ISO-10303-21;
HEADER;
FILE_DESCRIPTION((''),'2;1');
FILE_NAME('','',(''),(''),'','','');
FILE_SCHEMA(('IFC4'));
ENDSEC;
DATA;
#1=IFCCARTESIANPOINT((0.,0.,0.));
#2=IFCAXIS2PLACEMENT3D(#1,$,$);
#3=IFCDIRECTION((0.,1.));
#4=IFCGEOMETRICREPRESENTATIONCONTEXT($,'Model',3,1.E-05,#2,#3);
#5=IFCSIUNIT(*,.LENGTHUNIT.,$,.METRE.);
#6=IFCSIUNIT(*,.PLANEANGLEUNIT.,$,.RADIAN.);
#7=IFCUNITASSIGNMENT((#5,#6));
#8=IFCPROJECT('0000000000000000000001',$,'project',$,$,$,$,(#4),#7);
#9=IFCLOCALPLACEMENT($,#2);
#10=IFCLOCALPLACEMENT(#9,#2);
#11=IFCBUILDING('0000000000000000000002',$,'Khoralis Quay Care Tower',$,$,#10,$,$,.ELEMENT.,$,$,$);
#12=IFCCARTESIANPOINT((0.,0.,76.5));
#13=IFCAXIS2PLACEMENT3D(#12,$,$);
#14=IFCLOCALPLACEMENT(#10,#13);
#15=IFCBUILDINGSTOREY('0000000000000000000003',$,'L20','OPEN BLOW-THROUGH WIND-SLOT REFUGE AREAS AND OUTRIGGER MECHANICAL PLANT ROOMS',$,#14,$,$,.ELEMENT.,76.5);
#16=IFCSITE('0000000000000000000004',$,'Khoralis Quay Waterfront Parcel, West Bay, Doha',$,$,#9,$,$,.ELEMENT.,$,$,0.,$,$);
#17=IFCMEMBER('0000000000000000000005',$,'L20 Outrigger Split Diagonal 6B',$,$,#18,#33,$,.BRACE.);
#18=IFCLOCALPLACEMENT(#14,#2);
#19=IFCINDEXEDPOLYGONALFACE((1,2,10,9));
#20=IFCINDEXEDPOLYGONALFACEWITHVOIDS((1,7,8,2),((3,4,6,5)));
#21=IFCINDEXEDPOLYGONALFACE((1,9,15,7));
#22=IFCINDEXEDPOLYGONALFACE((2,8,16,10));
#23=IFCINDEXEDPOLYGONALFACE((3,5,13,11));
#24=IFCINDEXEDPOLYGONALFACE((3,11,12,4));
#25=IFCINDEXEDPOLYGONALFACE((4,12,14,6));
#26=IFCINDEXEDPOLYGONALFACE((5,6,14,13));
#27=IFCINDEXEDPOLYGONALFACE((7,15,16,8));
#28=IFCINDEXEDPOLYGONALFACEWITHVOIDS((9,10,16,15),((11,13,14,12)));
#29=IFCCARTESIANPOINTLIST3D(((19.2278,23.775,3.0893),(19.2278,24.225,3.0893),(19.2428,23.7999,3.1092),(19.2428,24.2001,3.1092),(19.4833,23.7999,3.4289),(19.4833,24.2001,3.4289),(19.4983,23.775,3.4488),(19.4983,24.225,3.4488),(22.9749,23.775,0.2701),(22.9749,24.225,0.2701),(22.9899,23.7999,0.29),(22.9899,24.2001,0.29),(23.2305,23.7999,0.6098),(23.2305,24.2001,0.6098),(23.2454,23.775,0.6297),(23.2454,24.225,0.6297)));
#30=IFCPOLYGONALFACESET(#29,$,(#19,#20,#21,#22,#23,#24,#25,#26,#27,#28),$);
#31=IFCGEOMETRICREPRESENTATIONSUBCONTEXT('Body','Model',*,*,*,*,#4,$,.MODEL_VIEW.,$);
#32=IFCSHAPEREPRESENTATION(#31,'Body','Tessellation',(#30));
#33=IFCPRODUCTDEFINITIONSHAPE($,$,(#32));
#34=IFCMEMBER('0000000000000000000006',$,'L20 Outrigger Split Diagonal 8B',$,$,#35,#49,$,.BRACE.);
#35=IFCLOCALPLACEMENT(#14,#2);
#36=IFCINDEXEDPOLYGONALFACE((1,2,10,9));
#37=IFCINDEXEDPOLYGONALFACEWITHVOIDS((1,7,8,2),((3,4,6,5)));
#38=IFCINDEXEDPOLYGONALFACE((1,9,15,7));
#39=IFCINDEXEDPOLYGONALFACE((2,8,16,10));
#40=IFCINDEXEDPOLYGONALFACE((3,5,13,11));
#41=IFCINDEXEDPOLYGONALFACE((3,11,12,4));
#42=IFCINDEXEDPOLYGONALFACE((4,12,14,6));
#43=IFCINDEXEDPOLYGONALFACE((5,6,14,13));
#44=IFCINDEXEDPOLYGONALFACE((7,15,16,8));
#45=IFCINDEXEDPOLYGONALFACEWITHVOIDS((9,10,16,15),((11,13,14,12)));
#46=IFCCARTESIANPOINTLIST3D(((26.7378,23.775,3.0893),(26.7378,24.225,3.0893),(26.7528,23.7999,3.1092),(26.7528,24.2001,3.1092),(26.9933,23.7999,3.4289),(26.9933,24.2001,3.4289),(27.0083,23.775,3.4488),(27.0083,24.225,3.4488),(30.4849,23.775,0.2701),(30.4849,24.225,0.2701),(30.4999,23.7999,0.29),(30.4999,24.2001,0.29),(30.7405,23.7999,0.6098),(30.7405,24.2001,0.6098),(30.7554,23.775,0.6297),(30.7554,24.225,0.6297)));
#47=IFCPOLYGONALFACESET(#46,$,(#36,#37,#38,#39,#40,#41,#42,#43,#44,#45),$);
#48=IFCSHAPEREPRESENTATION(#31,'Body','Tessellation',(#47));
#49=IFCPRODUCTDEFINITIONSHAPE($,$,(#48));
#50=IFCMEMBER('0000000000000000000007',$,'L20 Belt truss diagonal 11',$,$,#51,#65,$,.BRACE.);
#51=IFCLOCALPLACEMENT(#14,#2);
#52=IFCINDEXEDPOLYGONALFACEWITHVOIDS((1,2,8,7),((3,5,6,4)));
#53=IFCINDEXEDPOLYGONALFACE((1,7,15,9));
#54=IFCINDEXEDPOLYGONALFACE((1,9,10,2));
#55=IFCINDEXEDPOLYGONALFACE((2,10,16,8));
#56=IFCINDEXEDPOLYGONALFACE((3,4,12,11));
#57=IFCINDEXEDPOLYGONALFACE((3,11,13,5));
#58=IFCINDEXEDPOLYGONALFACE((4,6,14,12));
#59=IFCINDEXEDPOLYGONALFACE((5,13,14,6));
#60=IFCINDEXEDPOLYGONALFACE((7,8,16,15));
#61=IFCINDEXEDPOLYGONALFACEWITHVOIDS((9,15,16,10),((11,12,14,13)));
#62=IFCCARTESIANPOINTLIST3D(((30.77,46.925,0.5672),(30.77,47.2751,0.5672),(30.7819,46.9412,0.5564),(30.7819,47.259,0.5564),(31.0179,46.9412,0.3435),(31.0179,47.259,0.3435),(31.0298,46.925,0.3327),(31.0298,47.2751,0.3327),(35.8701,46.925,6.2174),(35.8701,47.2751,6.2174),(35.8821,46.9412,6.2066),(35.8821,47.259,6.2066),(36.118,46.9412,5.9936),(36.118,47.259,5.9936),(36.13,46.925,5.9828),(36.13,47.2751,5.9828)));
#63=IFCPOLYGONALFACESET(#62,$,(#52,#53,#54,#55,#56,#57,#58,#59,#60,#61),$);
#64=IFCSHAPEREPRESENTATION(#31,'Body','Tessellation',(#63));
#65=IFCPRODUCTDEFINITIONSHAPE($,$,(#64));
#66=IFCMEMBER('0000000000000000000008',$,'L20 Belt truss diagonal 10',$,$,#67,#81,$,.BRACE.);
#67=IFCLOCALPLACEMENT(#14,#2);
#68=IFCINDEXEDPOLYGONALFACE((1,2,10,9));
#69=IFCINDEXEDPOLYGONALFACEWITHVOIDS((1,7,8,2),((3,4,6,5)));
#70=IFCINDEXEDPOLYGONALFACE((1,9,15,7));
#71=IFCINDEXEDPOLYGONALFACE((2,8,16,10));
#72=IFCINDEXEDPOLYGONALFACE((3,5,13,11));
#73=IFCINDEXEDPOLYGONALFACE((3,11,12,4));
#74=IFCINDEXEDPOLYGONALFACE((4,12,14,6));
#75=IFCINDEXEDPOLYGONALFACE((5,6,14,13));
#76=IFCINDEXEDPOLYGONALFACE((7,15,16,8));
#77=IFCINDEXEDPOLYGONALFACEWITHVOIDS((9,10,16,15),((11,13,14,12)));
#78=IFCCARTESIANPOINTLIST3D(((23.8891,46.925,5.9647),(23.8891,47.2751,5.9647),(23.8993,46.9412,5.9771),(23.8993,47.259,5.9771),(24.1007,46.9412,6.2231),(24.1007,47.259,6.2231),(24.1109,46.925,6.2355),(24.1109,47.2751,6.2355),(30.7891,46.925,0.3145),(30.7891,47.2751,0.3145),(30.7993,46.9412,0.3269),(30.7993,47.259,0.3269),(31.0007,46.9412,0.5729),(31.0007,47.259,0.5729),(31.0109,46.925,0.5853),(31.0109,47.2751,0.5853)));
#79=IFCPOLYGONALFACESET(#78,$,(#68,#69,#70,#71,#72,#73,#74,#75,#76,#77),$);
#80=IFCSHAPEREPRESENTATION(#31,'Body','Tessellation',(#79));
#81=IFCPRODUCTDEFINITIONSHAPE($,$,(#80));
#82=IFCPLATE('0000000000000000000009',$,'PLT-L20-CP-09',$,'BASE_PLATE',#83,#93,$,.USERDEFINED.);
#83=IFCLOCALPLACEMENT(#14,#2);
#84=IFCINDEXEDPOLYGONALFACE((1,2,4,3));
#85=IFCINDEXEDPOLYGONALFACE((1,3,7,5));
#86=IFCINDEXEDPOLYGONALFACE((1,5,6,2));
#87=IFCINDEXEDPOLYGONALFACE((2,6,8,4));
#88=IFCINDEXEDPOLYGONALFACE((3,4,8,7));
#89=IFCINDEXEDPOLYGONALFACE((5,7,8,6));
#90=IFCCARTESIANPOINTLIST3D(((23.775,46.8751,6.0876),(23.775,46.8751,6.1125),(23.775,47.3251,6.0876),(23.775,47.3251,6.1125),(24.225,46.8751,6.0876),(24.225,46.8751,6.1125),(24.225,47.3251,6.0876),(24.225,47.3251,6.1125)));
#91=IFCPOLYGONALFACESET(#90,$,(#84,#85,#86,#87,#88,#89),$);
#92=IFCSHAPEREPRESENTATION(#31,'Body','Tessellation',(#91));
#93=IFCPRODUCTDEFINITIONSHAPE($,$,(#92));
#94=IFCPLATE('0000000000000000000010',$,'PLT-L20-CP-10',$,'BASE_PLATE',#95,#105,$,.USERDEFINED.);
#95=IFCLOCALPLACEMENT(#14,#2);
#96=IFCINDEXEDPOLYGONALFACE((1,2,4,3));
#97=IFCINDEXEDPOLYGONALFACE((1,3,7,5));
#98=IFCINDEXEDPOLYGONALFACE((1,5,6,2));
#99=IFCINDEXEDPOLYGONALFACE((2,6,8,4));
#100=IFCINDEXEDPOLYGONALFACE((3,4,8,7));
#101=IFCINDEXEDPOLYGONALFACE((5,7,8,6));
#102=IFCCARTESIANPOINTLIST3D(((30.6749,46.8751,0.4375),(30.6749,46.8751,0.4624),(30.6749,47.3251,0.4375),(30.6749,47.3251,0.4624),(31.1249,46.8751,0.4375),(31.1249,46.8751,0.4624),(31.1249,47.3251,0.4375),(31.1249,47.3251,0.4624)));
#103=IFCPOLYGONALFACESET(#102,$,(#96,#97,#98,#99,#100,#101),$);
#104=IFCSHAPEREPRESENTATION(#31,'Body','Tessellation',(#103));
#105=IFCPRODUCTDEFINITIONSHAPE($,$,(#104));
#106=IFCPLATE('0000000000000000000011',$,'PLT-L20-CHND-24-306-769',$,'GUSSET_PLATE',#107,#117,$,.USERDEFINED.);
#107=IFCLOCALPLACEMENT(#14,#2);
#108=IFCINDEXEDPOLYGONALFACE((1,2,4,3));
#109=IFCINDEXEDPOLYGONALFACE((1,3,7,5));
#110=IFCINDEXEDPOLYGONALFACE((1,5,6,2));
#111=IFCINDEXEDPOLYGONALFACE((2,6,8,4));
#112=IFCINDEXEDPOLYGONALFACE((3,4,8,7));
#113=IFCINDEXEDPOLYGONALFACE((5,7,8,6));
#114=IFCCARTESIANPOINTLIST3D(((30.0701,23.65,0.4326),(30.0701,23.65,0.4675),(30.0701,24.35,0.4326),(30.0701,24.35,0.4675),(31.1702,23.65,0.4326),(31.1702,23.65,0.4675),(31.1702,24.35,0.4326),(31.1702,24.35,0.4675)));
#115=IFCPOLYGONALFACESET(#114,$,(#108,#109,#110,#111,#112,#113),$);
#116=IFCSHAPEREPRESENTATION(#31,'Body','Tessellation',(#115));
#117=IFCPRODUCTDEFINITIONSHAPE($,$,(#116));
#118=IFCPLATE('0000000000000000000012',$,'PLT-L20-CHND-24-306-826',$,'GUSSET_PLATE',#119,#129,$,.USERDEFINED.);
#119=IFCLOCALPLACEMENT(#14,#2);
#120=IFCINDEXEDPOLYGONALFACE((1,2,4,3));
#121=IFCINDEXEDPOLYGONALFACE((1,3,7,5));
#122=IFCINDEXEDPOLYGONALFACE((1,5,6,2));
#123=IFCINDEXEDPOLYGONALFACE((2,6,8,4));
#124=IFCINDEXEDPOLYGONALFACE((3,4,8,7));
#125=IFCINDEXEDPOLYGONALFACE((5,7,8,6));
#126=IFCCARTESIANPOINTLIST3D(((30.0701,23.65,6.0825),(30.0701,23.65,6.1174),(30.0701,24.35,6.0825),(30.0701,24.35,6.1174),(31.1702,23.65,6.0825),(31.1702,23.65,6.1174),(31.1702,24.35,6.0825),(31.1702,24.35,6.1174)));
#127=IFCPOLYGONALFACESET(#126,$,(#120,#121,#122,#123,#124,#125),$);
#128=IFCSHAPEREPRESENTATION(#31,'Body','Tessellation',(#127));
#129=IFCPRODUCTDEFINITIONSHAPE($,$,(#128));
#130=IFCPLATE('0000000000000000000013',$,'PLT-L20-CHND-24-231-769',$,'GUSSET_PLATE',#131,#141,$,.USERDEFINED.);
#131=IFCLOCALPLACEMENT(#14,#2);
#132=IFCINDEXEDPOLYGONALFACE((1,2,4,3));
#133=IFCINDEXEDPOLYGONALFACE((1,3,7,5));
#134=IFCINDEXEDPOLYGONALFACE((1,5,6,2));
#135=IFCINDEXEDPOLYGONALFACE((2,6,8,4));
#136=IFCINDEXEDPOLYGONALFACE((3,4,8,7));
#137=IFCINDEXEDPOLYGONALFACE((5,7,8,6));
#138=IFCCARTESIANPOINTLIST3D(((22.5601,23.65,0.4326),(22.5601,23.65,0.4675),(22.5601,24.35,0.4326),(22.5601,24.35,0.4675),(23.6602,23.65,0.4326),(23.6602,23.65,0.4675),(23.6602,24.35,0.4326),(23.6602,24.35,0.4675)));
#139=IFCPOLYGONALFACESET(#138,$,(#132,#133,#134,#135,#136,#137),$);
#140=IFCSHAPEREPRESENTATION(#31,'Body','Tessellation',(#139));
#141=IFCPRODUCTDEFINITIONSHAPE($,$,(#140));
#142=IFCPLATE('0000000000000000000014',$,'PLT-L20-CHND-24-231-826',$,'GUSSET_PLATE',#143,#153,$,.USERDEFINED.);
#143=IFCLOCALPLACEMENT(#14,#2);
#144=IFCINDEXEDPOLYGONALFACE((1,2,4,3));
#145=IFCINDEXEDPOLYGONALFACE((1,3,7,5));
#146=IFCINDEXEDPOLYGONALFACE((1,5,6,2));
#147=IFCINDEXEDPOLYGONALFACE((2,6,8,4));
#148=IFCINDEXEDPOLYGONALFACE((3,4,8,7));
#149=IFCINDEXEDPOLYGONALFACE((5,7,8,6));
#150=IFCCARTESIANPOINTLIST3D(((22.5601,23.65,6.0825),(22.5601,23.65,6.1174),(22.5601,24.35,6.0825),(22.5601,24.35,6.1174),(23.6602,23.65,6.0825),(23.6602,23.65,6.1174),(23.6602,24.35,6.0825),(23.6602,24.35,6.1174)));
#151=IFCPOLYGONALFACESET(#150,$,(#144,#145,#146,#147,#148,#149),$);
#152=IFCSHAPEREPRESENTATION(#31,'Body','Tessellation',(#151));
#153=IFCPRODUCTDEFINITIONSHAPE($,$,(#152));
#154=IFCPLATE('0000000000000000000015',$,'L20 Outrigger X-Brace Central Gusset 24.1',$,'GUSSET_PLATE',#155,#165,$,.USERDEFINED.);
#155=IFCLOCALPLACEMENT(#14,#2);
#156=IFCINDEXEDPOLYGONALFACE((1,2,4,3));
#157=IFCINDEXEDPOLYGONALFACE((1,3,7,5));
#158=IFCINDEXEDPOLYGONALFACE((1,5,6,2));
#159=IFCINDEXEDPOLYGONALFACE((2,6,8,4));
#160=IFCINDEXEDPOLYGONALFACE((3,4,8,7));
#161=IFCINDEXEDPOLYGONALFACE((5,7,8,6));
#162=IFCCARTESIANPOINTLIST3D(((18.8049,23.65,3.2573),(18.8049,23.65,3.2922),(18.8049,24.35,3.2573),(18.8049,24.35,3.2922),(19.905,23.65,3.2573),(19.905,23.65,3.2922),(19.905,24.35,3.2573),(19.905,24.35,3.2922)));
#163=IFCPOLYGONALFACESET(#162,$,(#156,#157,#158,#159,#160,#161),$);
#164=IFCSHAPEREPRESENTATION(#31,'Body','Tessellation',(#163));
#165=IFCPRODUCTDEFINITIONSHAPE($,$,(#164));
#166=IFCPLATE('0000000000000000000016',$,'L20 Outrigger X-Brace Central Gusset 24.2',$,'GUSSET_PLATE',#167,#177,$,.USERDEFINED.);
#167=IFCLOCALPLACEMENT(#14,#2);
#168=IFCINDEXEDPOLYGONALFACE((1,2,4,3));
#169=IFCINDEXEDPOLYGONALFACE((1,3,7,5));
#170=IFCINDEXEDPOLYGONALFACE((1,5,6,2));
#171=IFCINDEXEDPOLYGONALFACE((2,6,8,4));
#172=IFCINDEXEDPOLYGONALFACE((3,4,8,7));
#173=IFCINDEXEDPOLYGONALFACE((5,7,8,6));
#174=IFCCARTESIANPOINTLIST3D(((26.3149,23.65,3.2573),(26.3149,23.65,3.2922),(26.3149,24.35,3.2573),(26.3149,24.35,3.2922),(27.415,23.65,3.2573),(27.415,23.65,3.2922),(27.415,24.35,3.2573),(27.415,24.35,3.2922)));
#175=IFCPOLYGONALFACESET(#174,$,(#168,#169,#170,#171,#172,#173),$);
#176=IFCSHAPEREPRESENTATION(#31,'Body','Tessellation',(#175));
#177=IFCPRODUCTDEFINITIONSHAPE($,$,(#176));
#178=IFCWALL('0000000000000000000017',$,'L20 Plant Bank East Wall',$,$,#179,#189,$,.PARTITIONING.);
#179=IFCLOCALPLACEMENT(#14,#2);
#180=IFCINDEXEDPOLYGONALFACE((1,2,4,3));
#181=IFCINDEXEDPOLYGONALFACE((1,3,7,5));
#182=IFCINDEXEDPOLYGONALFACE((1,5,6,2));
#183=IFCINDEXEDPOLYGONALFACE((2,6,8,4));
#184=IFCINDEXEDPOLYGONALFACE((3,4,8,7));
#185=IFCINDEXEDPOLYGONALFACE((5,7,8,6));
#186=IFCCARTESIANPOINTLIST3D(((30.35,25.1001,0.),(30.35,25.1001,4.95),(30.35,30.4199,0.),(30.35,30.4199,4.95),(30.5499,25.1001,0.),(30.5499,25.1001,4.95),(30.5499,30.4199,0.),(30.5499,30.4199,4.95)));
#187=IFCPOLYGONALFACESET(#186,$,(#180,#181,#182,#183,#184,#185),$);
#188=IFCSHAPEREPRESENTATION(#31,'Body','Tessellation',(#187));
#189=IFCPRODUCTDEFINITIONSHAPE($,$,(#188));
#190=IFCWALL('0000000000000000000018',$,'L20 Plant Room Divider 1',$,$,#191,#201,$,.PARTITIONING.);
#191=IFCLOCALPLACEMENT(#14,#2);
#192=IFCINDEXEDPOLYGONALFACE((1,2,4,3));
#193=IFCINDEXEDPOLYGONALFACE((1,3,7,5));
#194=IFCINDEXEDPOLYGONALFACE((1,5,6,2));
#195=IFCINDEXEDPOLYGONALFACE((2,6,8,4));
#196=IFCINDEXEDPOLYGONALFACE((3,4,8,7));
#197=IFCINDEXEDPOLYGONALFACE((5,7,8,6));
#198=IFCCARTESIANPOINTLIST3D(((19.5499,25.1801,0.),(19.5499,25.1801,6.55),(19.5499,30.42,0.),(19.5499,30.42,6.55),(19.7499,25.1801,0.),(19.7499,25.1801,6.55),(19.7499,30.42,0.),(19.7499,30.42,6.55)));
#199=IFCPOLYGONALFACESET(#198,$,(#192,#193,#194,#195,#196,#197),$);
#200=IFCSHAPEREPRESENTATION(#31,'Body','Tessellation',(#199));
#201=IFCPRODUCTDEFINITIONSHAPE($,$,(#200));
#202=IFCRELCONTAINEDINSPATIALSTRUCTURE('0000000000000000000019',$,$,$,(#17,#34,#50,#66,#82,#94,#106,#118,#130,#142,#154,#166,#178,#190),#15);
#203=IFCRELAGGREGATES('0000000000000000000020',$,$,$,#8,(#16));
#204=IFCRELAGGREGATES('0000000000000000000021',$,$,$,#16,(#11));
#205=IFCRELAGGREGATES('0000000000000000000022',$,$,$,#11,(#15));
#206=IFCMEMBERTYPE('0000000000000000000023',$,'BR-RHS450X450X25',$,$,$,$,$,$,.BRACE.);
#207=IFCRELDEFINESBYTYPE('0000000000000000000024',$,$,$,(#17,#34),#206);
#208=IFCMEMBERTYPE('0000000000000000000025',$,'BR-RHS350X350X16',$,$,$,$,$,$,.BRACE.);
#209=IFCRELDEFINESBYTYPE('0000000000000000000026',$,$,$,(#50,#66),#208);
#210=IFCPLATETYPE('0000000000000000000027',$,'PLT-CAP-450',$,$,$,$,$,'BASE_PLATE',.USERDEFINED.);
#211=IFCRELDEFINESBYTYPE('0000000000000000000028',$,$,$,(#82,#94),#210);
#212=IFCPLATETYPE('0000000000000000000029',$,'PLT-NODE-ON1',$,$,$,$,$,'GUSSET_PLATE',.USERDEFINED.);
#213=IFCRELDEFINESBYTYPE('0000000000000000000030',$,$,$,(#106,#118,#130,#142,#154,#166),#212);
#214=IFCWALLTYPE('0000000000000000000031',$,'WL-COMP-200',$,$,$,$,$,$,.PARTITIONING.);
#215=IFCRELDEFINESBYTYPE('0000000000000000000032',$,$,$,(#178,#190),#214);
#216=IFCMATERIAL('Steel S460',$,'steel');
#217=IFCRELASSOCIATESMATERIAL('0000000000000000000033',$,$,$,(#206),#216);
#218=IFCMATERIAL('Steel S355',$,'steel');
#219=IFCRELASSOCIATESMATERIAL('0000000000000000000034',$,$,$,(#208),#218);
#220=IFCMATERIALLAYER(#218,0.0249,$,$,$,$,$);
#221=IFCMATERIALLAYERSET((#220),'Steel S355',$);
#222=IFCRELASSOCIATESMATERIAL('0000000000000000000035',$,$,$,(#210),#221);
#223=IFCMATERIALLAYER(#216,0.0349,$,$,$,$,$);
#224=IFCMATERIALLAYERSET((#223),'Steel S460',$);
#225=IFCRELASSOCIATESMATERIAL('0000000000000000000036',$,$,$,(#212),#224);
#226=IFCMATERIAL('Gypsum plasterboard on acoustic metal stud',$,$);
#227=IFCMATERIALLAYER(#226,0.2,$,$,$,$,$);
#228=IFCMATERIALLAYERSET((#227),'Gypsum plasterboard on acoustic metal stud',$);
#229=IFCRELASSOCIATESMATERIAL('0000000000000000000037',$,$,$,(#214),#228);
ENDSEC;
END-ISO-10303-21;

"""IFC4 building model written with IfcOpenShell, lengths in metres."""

from ifc_helpers import new_model, si_unit, direction, frame, frame_2d, origin, origin_2d, place, context, subcontext, project, spatial, rectangle, hollow_rectangle, extrude, source, transform, mapped, material, layer, layer_set, material_profile, profile_set, type_object, element, save


model = new_model("IFC4")

# Units and contexts
model_context = context("Model", 3, precision=1e-05, world=origin(), true_north=direction((0.0, 1.0)))
body_context = subcontext(model_context, "Body", "Model", "MODEL_VIEW")
ifc_project = project(units=[si_unit("LENGTHUNIT", "METRE"), si_unit("PLANEANGLEUNIT", "RADIAN")], contexts=[model_context])

# Site, building, storey
site_placement = place(None, origin())
site = spatial("IfcSite", under=ifc_project, at=site_placement, Name="Khoralis Quay Waterfront Parcel, West Bay, Doha", CompositionType="ELEMENT", RefElevation=0.0)
building_placement = place(site_placement, origin())
building = spatial("IfcBuilding", under=site, at=building_placement, Name="Khoralis Quay Care Tower", CompositionType="ELEMENT")
storey_placement = place(building_placement, frame((0.0, 0.0, 76.5)))
storey = spatial("IfcBuildingStorey", under=building, at=storey_placement, Name="L20", Description="OPEN BLOW-THROUGH WIND-SLOT REFUGE AREAS AND OUTRIGGER MECHANICAL PLANT ROOMS", CompositionType="ELEMENT", Elevation=76.5)

# Shared definitions
ifc_material_1 = material(Name="Steel S355", Category="steel")

# Members
ifc_material_2 = material(Name="Steel S460", Category="steel")
ifc_material_profile_1 = material_profile(ifc_material_2, hollow_rectangle(XDim=0.45, YDim=0.45, WallThickness=0.0249, at=origin_2d()), Name="Steel S460")
ifc_profile_set_1 = profile_set([ifc_material_profile_1], Name="Steel S460")
member_type_1 = type_object("IfcMemberType", Name="BR-RHS450X450X25", PredefinedType="BRACE", material=ifc_profile_set_1)
shared_shape_1 = source(origin(), body_context, "Body", "SweptSolid", [
    extrude(hollow_rectangle(XDim=0.45, YDim=0.45, WallThickness=0.0249, at=origin_2d()), origin(), (0.0, 0.0, 1.0), 4.6892),
])
for number, where, z_axis, x_axis, name in (
    (1, (19.363, 24.0, 3.269), (0.799099, 0.0, -0.601199), (0.0, 1.0, 0.0), "L20 Outrigger Split Diagonal 6B"),
    (2, (26.873, 24.0, 3.269), (0.799099, 0.0, -0.601199), (0.0, 1.0, 0.0), "L20 Outrigger Split Diagonal 8B"),
):
    element("IfcMember", number, at=place(storey_placement, frame(where, z_axis=z_axis, x_axis=x_axis)), inside=storey, type_object=member_type_1, Name=name, PredefinedType="BRACE", context=body_context, shape_type="MappedRepresentation", body=[
        mapped(shared_shape_1, transform((0.0, 0.0, 0.0), scale=1.0)),
    ])
ifc_material_profile_2 = material_profile(ifc_material_1, hollow_rectangle(XDim=0.3501, YDim=0.3501, WallThickness=0.0161, at=origin_2d()), Name="Steel S355")
ifc_profile_set_2 = profile_set([ifc_material_profile_2], Name="Steel S355")
member_type_2 = type_object("IfcMemberType", Name="BR-RHS350X350X16", PredefinedType="BRACE", material=ifc_profile_set_2)
shared_shape_2 = source(origin(), body_context, "Body", "SweptSolid", [
    extrude(hollow_rectangle(XDim=0.3501, YDim=0.3501, WallThickness=0.0161, at=origin_2d()), origin(), (0.0, 0.0, 1.0), 7.6116),
])
member_1_placement = place(storey_placement, frame((30.8999, 47.1001, 0.45), z_axis=(0.67005, 0.0, 0.742316), x_axis=(0.0, 1.0, 0.0)))
element("IfcMember", 3, at=member_1_placement, inside=storey, type_object=member_type_2, Name="L20 Belt truss diagonal 11", PredefinedType="BRACE", context=body_context, shape_type="MappedRepresentation", body=[
    mapped(shared_shape_2, transform((0.0, 0.0, 0.0), scale=1.0)),
])
shared_shape_3 = source(origin(), body_context, "Body", "SweptSolid", [
    extrude(hollow_rectangle(XDim=0.3501, YDim=0.3501, WallThickness=0.0161, at=origin_2d()), origin(), (0.0, 0.0, 1.0), 8.9182),
])
member_2_placement = place(storey_placement, frame((24.0, 47.1001, 6.1001), z_axis=(0.773695, 0.0, -0.633558), x_axis=(0.0, 1.0, 0.0)))
element("IfcMember", 4, at=member_2_placement, inside=storey, type_object=member_type_2, Name="L20 Belt truss diagonal 10", PredefinedType="BRACE", context=body_context, shape_type="MappedRepresentation", body=[
    mapped(shared_shape_3, transform((0.0, 0.0, 0.0), scale=1.0)),
])

# Plates
ifc_layer_1 = layer(ifc_material_1, 0.0249)
ifc_layer_set_1 = layer_set([ifc_layer_1], Name="Steel S355")
plate_type_1 = type_object("IfcPlateType", Name="PLT-CAP-450", ElementType="BASE_PLATE", PredefinedType="USERDEFINED", material=ifc_layer_set_1)
shared_shape_4 = source(origin(), body_context, "Body", "SweptSolid", [
    extrude(rectangle(XDim=0.45, YDim=0.45, at=origin_2d()), origin(), (0.0, 0.0, 1.0), 0.0249),
])
for number, where, z_axis, x_axis, name in (
    (5, (24.0, 47.1001, 6.0876), (0.0, 0.0, 1.0), (1.0, 0.0, 0.0), "PLT-L20-CP-09"),
    (6, (30.8999, 47.1001, 0.4375), (0.0, 0.0, 1.0), (1.0, 0.0, 0.0), "PLT-L20-CP-10"),
):
    element("IfcPlate", number, at=place(storey_placement, frame(where, z_axis=z_axis, x_axis=x_axis)), inside=storey, type_object=plate_type_1, Name=name, ObjectType="BASE_PLATE", PredefinedType="USERDEFINED", context=body_context, shape_type="MappedRepresentation", body=[
        mapped(shared_shape_4, transform((0.0, 0.0, 0.0), scale=1.0)),
    ])
ifc_layer_2 = layer(ifc_material_2, 0.0349)
ifc_layer_set_2 = layer_set([ifc_layer_2], Name="Steel S460")
plate_type_2 = type_object("IfcPlateType", Name="PLT-NODE-ON1", ElementType="GUSSET_PLATE", PredefinedType="USERDEFINED", material=ifc_layer_set_2)
shared_shape_5 = source(origin(), body_context, "Body", "SweptSolid", [
    extrude(rectangle(XDim=1.1001, YDim=0.7, at=origin_2d()), origin(), (0.0, 0.0, 1.0), 0.0349),
])
for number, where, z_axis, x_axis, name in (
    (7, (30.6201, 24.0, 0.4326), (0.0, 0.0, 1.0), (1.0, 0.0, 0.0), "PLT-L20-CHND-24-306-769"),
    (8, (30.6201, 24.0, 6.0825), (0.0, 0.0, 1.0), (1.0, 0.0, 0.0), "PLT-L20-CHND-24-306-826"),
    (9, (23.1101, 24.0, 0.4326), (0.0, 0.0, 1.0), (1.0, 0.0, 0.0), "PLT-L20-CHND-24-231-769"),
    (10, (23.1101, 24.0, 6.0825), (0.0, 0.0, 1.0), (1.0, 0.0, 0.0), "PLT-L20-CHND-24-231-826"),
    (11, (19.355, 24.0, 3.2573), (0.0, 0.0, 1.0), (1.0, 0.0, 0.0), "L20 Outrigger X-Brace Central Gusset 24.1"),
    (12, (26.865, 24.0, 3.2573), (0.0, 0.0, 1.0), (1.0, 0.0, 0.0), "L20 Outrigger X-Brace Central Gusset 24.2"),
):
    element("IfcPlate", number, at=place(storey_placement, frame(where, z_axis=z_axis, x_axis=x_axis)), inside=storey, type_object=plate_type_2, Name=name, ObjectType="GUSSET_PLATE", PredefinedType="USERDEFINED", context=body_context, shape_type="MappedRepresentation", body=[
        mapped(shared_shape_5, transform((0.0, 0.0, 0.0), scale=1.0)),
    ])

# Walls
ifc_material_3 = material(Name="Gypsum plasterboard on acoustic metal stud")
ifc_layer_3 = layer(ifc_material_3, 0.2)
ifc_layer_set_3 = layer_set([ifc_layer_3], Name="Gypsum plasterboard on acoustic metal stud")
wall_type_1 = type_object("IfcWallType", Name="WL-COMP-200", PredefinedType="PARTITIONING", material=ifc_layer_set_3)
wall_1_placement = place(storey_placement, frame((30.45, 25.1001, 0.0), z_axis=(0.0, 0.0, 1.0), x_axis=(0.0, 1.0, 0.0)))
element("IfcWall", 13, at=wall_1_placement, inside=storey, type_object=wall_type_1, Name="L20 Plant Bank East Wall", PredefinedType="PARTITIONING", context=body_context, shape_type="SweptSolid", body=[
    extrude(rectangle(XDim=5.3198, YDim=0.2, at=frame_2d((2.6599, 0.0))), origin(), (0.0, 0.0, 1.0), 4.95),
])
for number, where, z_axis, x_axis, name in (
    (14, (19.6499, 25.1799, 0.0), (0.0, 0.0, 1.0), (0.0, 1.0, 0.0), "L20 Plant Room Divider 1"),
):
    element("IfcWall", number, at=place(storey_placement, frame(where, z_axis=z_axis, x_axis=x_axis)), inside=storey, type_object=wall_type_1, Name=name, PredefinedType="PARTITIONING", context=body_context, shape_type="SweptSolid", body=[
        extrude(rectangle(XDim=5.24, YDim=0.2, at=frame_2d((2.6201, 0.0))), origin(), (0.0, 0.0, 1.0), 6.55),
    ])

save(model, "model.ifc")
